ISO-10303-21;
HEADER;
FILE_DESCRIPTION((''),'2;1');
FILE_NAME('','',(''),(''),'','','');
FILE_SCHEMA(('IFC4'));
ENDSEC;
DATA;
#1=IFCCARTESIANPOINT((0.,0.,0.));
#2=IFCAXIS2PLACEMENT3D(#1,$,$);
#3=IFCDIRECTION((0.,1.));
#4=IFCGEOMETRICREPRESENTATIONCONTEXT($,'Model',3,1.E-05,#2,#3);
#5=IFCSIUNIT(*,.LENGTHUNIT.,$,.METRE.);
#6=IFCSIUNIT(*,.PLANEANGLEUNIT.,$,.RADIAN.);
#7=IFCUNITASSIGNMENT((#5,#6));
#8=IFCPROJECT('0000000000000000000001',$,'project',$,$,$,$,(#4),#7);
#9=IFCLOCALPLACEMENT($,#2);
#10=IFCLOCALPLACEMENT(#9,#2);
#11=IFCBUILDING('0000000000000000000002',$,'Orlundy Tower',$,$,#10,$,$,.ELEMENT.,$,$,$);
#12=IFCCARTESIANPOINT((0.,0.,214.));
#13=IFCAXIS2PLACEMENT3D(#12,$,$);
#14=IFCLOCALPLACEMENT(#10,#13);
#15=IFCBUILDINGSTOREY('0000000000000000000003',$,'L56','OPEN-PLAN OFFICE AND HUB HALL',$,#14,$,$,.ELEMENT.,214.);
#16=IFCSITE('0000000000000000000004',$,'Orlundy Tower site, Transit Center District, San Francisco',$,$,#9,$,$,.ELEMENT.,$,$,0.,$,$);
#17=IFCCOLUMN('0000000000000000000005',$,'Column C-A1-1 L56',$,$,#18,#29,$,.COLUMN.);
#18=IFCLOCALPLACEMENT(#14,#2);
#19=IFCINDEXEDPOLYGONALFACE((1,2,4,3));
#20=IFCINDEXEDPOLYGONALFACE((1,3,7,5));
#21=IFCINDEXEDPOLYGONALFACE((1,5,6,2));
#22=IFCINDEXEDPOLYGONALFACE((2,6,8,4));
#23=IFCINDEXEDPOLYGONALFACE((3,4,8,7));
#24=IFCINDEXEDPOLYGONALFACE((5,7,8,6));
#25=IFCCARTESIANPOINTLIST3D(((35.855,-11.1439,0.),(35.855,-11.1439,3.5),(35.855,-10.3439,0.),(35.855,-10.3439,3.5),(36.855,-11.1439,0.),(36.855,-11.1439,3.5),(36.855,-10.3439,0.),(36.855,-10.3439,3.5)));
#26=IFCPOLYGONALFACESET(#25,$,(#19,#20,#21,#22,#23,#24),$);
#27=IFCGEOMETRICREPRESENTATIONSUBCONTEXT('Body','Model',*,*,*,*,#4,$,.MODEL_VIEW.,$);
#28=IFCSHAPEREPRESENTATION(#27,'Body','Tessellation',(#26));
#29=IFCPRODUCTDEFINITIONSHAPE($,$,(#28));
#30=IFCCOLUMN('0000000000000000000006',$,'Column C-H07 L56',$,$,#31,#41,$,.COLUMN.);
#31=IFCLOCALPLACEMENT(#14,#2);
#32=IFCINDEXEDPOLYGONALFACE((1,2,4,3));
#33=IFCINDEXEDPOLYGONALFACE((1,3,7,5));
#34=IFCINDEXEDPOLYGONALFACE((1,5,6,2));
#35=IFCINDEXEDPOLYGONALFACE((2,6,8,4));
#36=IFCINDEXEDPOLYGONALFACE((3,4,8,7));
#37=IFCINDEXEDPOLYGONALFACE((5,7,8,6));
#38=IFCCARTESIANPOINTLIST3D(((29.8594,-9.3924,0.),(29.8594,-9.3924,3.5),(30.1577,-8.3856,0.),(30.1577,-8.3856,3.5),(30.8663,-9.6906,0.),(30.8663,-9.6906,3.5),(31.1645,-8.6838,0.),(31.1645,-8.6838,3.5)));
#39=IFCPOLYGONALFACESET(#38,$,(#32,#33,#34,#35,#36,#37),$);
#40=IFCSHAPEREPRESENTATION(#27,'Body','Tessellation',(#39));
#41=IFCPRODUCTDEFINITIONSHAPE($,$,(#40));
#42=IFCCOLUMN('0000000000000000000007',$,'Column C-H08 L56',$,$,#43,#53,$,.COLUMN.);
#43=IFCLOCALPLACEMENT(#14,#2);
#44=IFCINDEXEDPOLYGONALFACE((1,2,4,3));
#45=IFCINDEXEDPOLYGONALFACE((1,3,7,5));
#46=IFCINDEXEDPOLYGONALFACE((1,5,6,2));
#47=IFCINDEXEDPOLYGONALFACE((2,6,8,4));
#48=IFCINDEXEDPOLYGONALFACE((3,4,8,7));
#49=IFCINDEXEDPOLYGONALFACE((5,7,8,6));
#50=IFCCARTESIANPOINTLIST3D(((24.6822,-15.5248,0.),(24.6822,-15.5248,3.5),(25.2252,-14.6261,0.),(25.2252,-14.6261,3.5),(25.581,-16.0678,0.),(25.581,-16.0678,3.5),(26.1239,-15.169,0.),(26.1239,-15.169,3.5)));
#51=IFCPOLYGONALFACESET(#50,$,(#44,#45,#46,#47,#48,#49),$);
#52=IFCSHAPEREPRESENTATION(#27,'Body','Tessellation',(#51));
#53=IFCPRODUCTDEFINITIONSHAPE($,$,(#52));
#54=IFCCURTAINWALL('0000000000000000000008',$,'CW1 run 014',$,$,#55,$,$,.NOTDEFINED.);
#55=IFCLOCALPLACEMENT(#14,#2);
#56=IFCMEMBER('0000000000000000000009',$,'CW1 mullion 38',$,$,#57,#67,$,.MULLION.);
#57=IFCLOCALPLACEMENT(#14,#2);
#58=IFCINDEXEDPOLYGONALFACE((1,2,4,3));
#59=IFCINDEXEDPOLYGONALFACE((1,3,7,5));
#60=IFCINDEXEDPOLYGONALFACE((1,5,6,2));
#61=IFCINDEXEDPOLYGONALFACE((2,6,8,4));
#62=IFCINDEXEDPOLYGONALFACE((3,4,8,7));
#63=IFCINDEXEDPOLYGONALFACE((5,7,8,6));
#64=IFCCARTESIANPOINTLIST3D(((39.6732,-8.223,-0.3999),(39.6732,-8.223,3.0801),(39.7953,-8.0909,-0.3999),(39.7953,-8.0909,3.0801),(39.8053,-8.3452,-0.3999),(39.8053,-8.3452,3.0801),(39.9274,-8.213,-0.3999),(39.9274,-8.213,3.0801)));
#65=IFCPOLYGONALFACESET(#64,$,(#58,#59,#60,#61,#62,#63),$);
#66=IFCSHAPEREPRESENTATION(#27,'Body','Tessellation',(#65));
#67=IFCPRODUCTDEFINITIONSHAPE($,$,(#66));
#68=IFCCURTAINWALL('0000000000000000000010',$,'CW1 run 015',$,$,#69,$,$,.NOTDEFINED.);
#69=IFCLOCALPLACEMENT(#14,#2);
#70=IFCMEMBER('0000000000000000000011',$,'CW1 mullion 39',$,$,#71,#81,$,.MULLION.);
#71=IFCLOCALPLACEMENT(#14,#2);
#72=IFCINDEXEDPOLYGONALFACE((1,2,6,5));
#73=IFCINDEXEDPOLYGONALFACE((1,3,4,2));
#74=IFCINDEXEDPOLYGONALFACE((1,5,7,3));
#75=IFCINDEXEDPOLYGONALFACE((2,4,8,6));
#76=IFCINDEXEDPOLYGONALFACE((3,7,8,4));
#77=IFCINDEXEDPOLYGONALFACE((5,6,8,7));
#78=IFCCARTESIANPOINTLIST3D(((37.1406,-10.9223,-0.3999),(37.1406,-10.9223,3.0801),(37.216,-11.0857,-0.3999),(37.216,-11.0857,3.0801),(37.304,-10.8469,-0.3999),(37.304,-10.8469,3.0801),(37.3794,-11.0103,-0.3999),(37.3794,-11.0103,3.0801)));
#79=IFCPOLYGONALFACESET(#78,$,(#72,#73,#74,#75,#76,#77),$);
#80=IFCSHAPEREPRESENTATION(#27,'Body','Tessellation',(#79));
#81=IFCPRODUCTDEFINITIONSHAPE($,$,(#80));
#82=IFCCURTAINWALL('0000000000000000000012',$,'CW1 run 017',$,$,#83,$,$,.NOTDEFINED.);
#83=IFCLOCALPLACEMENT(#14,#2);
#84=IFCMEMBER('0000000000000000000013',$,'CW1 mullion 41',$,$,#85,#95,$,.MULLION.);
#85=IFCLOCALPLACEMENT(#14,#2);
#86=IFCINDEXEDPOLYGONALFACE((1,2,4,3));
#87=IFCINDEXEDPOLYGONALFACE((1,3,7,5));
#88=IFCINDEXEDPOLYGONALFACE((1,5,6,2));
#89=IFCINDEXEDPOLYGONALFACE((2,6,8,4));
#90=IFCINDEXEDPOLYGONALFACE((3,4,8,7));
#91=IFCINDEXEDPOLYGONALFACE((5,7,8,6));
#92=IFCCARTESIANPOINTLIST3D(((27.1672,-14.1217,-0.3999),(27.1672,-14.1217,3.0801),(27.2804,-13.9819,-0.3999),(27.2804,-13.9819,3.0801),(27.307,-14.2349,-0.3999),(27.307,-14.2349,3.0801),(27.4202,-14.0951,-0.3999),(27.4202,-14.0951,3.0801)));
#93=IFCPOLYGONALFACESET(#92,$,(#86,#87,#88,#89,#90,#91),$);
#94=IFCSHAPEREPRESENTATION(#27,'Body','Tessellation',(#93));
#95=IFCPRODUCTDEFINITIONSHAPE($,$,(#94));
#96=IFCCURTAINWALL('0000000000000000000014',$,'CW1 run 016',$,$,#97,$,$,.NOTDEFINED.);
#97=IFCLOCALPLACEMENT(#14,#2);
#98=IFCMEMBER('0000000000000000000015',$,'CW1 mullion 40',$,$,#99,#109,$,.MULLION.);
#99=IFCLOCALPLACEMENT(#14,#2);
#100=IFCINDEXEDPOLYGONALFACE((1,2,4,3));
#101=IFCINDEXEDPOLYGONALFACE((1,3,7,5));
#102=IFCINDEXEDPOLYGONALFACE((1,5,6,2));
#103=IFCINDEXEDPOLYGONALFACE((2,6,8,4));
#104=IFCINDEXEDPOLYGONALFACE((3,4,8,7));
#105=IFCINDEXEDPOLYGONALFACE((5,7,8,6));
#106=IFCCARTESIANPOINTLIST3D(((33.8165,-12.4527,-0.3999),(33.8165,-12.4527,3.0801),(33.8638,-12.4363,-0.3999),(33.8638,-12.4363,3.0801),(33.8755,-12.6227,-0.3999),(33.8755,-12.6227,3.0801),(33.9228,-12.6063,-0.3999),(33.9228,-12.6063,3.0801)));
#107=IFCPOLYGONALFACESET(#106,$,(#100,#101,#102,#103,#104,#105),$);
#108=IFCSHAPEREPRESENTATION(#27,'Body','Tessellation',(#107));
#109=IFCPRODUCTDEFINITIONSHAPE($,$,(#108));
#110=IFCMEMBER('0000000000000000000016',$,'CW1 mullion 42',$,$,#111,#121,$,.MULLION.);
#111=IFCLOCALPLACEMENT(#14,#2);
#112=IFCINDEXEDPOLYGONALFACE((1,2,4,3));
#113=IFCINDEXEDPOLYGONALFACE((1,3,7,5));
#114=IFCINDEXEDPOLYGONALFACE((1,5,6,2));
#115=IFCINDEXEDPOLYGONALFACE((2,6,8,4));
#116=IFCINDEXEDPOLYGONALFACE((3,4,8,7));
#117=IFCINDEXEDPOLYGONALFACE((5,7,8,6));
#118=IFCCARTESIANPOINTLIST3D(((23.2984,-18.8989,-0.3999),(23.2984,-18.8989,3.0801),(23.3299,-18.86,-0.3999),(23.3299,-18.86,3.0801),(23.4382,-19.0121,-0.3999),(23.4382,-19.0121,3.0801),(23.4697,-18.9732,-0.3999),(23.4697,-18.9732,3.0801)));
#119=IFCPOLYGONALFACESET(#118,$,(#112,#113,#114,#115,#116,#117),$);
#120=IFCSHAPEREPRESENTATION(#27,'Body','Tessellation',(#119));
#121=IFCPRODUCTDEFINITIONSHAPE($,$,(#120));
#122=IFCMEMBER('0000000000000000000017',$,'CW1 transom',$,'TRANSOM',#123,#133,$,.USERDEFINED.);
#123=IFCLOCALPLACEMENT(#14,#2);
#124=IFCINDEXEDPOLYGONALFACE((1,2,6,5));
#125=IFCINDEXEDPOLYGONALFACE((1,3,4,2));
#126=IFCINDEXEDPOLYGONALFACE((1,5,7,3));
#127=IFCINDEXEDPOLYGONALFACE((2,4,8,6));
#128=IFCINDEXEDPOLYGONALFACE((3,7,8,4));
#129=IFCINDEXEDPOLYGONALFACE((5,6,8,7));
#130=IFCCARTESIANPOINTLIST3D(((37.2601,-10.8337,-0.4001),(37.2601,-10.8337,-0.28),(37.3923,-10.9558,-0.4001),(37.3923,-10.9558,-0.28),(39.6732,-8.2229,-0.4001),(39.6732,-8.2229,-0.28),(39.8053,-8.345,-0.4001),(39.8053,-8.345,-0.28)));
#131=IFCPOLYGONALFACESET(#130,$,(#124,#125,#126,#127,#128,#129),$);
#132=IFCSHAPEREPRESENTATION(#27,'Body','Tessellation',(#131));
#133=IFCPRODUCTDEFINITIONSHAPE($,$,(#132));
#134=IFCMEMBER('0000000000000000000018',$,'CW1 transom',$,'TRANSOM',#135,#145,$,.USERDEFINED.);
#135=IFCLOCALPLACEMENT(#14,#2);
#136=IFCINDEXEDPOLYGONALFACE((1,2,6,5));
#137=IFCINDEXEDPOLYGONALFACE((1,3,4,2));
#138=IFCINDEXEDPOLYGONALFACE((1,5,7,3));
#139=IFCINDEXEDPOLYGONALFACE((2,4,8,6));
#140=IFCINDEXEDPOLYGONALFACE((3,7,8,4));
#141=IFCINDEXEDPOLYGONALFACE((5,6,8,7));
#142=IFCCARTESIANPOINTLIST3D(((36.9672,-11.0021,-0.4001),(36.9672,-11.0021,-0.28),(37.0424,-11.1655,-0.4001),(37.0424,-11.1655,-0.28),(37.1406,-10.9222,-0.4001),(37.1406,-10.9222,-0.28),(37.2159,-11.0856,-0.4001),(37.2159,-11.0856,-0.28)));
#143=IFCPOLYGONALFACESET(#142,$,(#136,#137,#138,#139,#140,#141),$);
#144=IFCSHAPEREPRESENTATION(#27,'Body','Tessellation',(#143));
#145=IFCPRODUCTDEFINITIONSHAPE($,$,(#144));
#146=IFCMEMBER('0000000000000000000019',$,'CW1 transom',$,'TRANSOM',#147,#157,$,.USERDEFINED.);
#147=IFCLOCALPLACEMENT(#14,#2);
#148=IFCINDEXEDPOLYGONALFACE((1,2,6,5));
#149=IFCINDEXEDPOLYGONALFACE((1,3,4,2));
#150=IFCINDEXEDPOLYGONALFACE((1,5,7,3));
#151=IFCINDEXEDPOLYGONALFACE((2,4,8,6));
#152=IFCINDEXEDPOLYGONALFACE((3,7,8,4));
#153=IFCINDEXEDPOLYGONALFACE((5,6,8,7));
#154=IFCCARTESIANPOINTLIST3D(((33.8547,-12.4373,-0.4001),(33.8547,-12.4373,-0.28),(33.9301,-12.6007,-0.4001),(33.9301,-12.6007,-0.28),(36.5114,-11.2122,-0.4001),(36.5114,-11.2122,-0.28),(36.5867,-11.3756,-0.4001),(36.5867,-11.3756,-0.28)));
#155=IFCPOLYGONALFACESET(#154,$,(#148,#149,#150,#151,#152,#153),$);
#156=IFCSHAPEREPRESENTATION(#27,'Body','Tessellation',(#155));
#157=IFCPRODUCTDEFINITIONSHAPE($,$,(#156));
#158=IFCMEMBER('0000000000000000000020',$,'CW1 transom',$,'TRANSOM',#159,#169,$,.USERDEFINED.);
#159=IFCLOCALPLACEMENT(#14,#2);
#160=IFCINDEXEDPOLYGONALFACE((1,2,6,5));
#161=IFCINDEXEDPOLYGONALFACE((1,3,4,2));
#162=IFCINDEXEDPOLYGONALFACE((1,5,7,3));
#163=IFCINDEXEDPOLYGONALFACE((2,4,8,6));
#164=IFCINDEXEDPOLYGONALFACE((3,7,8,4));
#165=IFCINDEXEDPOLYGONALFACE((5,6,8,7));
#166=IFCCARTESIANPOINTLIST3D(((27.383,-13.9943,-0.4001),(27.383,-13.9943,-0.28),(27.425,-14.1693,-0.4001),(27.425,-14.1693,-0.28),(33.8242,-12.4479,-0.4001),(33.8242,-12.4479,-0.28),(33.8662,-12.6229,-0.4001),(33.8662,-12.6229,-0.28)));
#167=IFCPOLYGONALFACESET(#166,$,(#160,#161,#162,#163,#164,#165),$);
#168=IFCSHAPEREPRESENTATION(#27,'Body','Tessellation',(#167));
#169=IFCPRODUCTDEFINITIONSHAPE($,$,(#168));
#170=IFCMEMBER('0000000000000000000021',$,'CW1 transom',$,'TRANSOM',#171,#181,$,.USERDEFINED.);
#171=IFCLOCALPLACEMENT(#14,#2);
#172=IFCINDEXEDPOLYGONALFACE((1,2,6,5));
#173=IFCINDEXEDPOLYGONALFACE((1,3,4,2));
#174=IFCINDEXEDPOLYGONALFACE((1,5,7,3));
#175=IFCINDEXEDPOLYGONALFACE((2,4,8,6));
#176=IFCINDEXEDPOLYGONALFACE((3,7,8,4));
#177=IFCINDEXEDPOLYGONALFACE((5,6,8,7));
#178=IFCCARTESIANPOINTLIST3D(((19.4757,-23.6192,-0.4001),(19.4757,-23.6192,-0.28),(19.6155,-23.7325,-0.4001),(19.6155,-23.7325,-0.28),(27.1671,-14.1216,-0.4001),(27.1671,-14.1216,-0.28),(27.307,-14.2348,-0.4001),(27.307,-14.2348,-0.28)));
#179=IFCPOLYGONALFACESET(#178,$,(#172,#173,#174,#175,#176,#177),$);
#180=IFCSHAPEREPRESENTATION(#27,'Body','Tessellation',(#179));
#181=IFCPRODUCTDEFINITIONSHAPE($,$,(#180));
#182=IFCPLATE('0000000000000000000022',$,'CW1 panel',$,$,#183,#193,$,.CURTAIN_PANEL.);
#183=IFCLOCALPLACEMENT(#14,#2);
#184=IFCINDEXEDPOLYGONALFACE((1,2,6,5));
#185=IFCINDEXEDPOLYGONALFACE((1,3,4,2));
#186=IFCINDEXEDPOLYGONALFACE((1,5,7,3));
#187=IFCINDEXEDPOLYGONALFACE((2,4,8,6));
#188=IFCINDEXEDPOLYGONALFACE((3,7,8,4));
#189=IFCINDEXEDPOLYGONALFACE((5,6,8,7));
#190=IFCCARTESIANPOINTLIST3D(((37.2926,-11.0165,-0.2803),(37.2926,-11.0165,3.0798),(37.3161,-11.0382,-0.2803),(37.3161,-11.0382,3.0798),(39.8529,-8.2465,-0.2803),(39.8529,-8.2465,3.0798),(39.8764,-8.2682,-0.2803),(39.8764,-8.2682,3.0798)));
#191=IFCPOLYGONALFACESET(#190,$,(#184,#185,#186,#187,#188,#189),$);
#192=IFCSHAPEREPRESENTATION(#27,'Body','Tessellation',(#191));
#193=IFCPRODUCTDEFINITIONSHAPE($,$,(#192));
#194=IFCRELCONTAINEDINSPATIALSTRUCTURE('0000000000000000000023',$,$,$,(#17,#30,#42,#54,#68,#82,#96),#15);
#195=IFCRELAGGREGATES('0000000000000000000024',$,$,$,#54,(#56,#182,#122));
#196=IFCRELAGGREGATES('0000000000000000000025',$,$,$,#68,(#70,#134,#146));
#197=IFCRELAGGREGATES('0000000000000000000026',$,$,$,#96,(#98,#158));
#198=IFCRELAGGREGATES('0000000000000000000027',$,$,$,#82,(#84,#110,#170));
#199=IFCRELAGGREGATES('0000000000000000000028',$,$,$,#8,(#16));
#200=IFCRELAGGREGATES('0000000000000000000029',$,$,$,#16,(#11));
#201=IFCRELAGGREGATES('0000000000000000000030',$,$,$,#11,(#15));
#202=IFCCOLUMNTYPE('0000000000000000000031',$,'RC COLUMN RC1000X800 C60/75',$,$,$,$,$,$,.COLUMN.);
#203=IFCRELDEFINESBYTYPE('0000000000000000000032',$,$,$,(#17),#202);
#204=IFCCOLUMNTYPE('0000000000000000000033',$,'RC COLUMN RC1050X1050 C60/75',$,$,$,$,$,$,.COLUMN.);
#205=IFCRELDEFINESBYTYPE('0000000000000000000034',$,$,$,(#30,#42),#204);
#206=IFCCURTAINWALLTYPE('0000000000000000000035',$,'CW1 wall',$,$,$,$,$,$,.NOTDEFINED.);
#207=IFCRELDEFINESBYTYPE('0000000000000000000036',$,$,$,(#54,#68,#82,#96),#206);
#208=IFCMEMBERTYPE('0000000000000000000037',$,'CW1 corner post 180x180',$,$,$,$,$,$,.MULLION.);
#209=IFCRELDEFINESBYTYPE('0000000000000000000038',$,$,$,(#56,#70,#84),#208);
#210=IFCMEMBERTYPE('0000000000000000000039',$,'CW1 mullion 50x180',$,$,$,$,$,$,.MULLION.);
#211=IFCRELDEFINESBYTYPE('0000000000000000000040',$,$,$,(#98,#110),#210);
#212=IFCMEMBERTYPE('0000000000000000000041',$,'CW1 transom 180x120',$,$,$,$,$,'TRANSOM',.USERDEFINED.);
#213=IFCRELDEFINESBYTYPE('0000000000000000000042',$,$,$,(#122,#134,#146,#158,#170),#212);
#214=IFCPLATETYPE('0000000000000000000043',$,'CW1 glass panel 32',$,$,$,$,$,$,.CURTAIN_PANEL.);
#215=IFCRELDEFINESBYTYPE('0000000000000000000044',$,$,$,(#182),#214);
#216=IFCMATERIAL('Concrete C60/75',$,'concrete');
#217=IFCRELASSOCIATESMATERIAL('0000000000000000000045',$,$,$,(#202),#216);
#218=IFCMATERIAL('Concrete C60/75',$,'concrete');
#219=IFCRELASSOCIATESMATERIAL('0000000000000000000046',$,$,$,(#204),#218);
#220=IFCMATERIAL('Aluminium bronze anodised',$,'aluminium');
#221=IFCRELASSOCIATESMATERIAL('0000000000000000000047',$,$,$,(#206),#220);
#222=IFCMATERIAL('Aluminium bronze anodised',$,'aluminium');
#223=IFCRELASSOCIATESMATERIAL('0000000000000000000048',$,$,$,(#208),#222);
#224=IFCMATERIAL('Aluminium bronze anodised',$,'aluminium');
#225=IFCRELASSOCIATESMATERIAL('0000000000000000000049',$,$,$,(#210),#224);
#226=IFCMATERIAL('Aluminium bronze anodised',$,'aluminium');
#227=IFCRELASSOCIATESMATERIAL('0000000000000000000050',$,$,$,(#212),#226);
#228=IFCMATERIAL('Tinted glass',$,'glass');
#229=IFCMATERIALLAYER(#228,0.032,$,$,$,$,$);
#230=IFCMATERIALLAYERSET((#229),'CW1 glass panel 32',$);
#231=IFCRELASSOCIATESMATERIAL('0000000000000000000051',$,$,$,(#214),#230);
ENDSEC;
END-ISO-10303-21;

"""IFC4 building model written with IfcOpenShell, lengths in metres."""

from ifc_helpers import new_model, si_unit, direction, frame, origin, origin_2d, place, context, subcontext, project, spatial, rectangle, extrude, material, layer, layer_set, material_profile, profile_set, type_object, element, aggregate, save


model = new_model("IFC4")

# Units and contexts
model_context = context("Model", 3, precision=1e-05, world=origin(), true_north=direction((0.0, 1.0)))
body_context = subcontext(model_context, "Body", "Model", "MODEL_VIEW")
ifc_project = project(units=[si_unit("LENGTHUNIT", "METRE"), si_unit("PLANEANGLEUNIT", "RADIAN")], contexts=[model_context])

# Site, building, storey
site_placement = place(None, origin())
site = spatial("IfcSite", under=ifc_project, at=site_placement, Name="Orlundy Tower site, Transit Center District, San Francisco", CompositionType="ELEMENT", RefElevation=0.0)
building_placement = place(site_placement, origin())
building = spatial("IfcBuilding", under=site, at=building_placement, Name="Orlundy Tower", CompositionType="ELEMENT")
storey_placement = place(building_placement, frame((0.0, 0.0, 214.0)))
storey = spatial("IfcBuildingStorey", under=building, at=storey_placement, Name="L56", Description="OPEN-PLAN OFFICE AND HUB HALL", CompositionType="ELEMENT", Elevation=214.0)

# Columns
ifc_material_1 = material(Name="Concrete C60/75", Category="concrete")
ifc_material_profile_1 = material_profile(ifc_material_1, rectangle(XDim=1.0, YDim=0.8, at=origin_2d()), Name="RC1000X800")
ifc_profile_set_1 = profile_set([ifc_material_profile_1], Name="Concrete C60/75")
column_type_1 = type_object("IfcColumnType", Name="RC COLUMN RC1000X800 C60/75", PredefinedType="COLUMN", material=ifc_profile_set_1)
column_placement = place(storey_placement, frame((36.355, -10.7439, 0.0), z_axis=(0.0, 0.0, 1.0), x_axis=(1.0, 0.0, 0.0)))
element("IfcColumn", 1, at=column_placement, inside=storey, type_object=column_type_1, Name="Column C-A1-1 L56", PredefinedType="COLUMN", context=body_context, shape_type="SweptSolid", body=[
    extrude(rectangle(XDim=1.0, YDim=0.8, at=origin_2d()), origin(), (0.0, 0.0, 1.0), 3.5),
])
ifc_material_2 = material(Name="Concrete C60/75", Category="concrete")
ifc_material_profile_2 = material_profile(ifc_material_2, rectangle(XDim=1.05, YDim=1.05, at=origin_2d()), Name="RC1050X1050")
ifc_profile_set_2 = profile_set([ifc_material_profile_2], Name="Concrete C60/75")
column_type_2 = type_object("IfcColumnType", Name="RC COLUMN RC1050X1050 C60/75", PredefinedType="COLUMN", material=ifc_profile_set_2)
for number, where, z_axis, x_axis, name in (
    (2, (30.512, -9.0381, 0.0), (0.0, 0.0, 1.0), (0.95882, -0.284015, 0.0), "Column C-H07 L56"),
    (3, (25.4031, -15.3469, 0.0), (0.0, 0.0, 1.0), (0.855924, -0.517101, 0.0), "Column C-H08 L56"),
):
    element("IfcColumn", number, at=place(storey_placement, frame(where, z_axis=z_axis, x_axis=x_axis)), inside=storey, type_object=column_type_2, Name=name, PredefinedType="COLUMN", context=body_context, shape_type="SweptSolid", body=[
        extrude(rectangle(XDim=1.05, YDim=1.05, at=origin_2d()), origin(), (0.0, 0.0, 1.0), 3.5),
    ])

# Curtain walls, members
ifc_material_3 = material(Name="Aluminium bronze anodised", Category="aluminium")
curtain_wall_type = type_object("IfcCurtainWallType", Name="CW1 wall", PredefinedType="NOTDEFINED", material=ifc_material_3)
curtain_wall_1_placement = place(storey_placement, origin())
curtain_wall_1 = element("IfcCurtainWall", 4, at=curtain_wall_1_placement, inside=storey, type_object=curtain_wall_type, Name="CW1 run 014", PredefinedType="NOTDEFINED")
ifc_material_4 = material(Name="Aluminium bronze anodised", Category="aluminium")
ifc_material_profile_3 = material_profile(ifc_material_4, rectangle(XDim=0.1799, YDim=0.1799, at=origin_2d()), Name="CW1 corner post 180x180")
ifc_profile_set_3 = profile_set([ifc_material_profile_3], Name="Aluminium bronze anodised")
member_type_1 = type_object("IfcMemberType", Name="CW1 corner post 180x180", PredefinedType="MULLION", material=ifc_profile_set_3)
member_1_placement = place(storey_placement, frame((39.8003, -8.218, -0.3999), z_axis=(0.0, 0.0, 1.0), x_axis=(0.734348, -0.678773, 0.0)))
member_1 = element("IfcMember", 5, at=member_1_placement, type_object=member_type_1, Name="CW1 mullion 38", PredefinedType="MULLION", context=body_context, shape_type="SweptSolid", body=[
    extrude(rectangle(XDim=0.1799, YDim=0.1799, at=origin_2d()), origin(), (0.0, 0.0, 1.0), 3.48),
])
curtain_wall_2_placement = place(storey_placement, origin())
curtain_wall_2 = element("IfcCurtainWall", 6, at=curtain_wall_2_placement, inside=storey, type_object=curtain_wall_type, Name="CW1 run 015", PredefinedType="NOTDEFINED")
member_2_placement = place(storey_placement, frame((37.26, -10.9663, -0.3999), z_axis=(0.0, 0.0, 1.0), x_axis=(0.418716, -0.908117, 0.0)))
member_2 = element("IfcMember", 7, at=member_2_placement, type_object=member_type_1, Name="CW1 mullion 39", PredefinedType="MULLION", context=body_context, shape_type="SweptSolid", body=[
    extrude(rectangle(XDim=0.1799, YDim=0.1799, at=origin_2d()), origin(), (0.0, 0.0, 1.0), 3.48),
])
curtain_wall_3_placement = place(storey_placement, origin())
curtain_wall_3 = element("IfcCurtainWall", 8, at=curtain_wall_3_placement, inside=storey, type_object=curtain_wall_type, Name="CW1 run 017", PredefinedType="NOTDEFINED")
member_3_placement = place(storey_placement, frame((27.2937, -14.1084, -0.3999), z_axis=(0.0, 0.0, 1.0), x_axis=(0.77712, -0.629353, 0.0)))
member_3 = element("IfcMember", 9, at=member_3_placement, type_object=member_type_1, Name="CW1 mullion 41", PredefinedType="MULLION", context=body_context, shape_type="SweptSolid", body=[
    extrude(rectangle(XDim=0.1799, YDim=0.1799, at=origin_2d()), origin(), (0.0, 0.0, 1.0), 3.48),
])
curtain_wall_4_placement = place(storey_placement, origin())
curtain_wall_4 = element("IfcCurtainWall", 10, at=curtain_wall_4_placement, inside=storey, type_object=curtain_wall_type, Name="CW1 run 016", PredefinedType="NOTDEFINED")
ifc_material_5 = material(Name="Aluminium bronze anodised", Category="aluminium")
ifc_material_profile_4 = material_profile(ifc_material_5, rectangle(XDim=0.1799, YDim=0.05, at=origin_2d()), Name="CW1 mullion 50x180")
ifc_profile_set_4 = profile_set([ifc_material_profile_4], Name="Aluminium bronze anodised")
member_type_2 = type_object("IfcMemberType", Name="CW1 mullion 50x180", PredefinedType="MULLION", material=ifc_profile_set_4)
member_4_placement = place(storey_placement, frame((33.8696, -12.5295, -0.3999), z_axis=(0.0, 0.0, 1.0), x_axis=(0.327673, -0.944791, 0.0)))
member_4 = element("IfcMember", 11, at=member_4_placement, type_object=member_type_2, Name="CW1 mullion 40", PredefinedType="MULLION", context=body_context, shape_type="SweptSolid", body=[
    extrude(rectangle(XDim=0.1799, YDim=0.05, at=origin_2d()), origin(), (0.0, 0.0, 1.0), 3.48),
])

# Members
member_5_placement = place(storey_placement, frame((23.384, -18.936, -0.3999), z_axis=(0.0, 0.0, 1.0), x_axis=(0.77712, -0.629353, 0.0)))
member_5 = element("IfcMember", 12, at=member_5_placement, type_object=member_type_2, Name="CW1 mullion 42", PredefinedType="MULLION", context=body_context, shape_type="SweptSolid", body=[
    extrude(rectangle(XDim=0.1799, YDim=0.05, at=origin_2d()), origin(), (0.0, 0.0, 1.0), 3.48),
])
ifc_material_6 = material(Name="Aluminium bronze anodised", Category="aluminium")
ifc_material_profile_5 = material_profile(ifc_material_6, rectangle(XDim=0.1799, YDim=0.1201, at=origin_2d()), Name="CW1 transom 180x120")
ifc_profile_set_5 = profile_set([ifc_material_profile_5], Name="Aluminium bronze anodised")
member_type_3 = type_object("IfcMemberType", Name="CW1 transom 180x120", ElementType="TRANSOM", PredefinedType="USERDEFINED", material=ifc_profile_set_5)
member_6_placement = place(storey_placement, frame((39.7393, -8.2839, -0.3401), z_axis=(-0.678748, -0.734372, 0.0), x_axis=(0.734372, -0.678748, 0.0)))
member_6 = element("IfcMember", 13, at=member_6_placement, type_object=member_type_3, Name="CW1 transom", ObjectType="TRANSOM", PredefinedType="USERDEFINED", context=body_context, shape_type="SweptSolid", body=[
    extrude(rectangle(XDim=0.1799, YDim=0.1201, at=origin_2d()), origin(), (0.0, 0.0, 1.0), 3.5552),
])
member_7_placement = place(storey_placement, frame((37.1782, -11.0039, -0.3401), z_axis=(-0.908296, -0.418328, 0.0), x_axis=(0.418328, -0.908296, 0.0)))
member_7 = element("IfcMember", 14, at=member_7_placement, type_object=member_type_3, Name="CW1 transom", ObjectType="TRANSOM", PredefinedType="USERDEFINED", context=body_context, shape_type="SweptSolid", body=[
    extrude(rectangle(XDim=0.1799, YDim=0.1201, at=origin_2d()), origin(), (0.0, 0.0, 1.0), 0.1909),
])
member_8_placement = place(storey_placement, frame((36.5491, -11.2939, -0.3401), z_axis=(-0.908101, -0.418751, 0.0), x_axis=(0.418751, -0.908101, 0.0)))
member_8 = element("IfcMember", 15, at=member_8_placement, type_object=member_type_3, Name="CW1 transom", ObjectType="TRANSOM", PredefinedType="USERDEFINED", context=body_context, shape_type="SweptSolid", body=[
    extrude(rectangle(XDim=0.1799, YDim=0.1201, at=origin_2d()), origin(), (0.0, 0.0, 1.0), 2.9255),
])
member_9_placement = place(storey_placement, frame((33.8452, -12.5354, -0.3401), z_axis=(-0.97237, -0.233445, 0.0), x_axis=(0.233445, -0.97237, 0.0)))
member_9 = element("IfcMember", 16, at=member_9_placement, type_object=member_type_3, Name="CW1 transom", ObjectType="TRANSOM", PredefinedType="USERDEFINED", context=body_context, shape_type="SweptSolid", body=[
    extrude(rectangle(XDim=0.1799, YDim=0.1201, at=origin_2d()), origin(), (0.0, 0.0, 1.0), 6.6243),
])
member_10_placement = place(storey_placement, frame((27.2371, -14.1782, -0.3401), z_axis=(-0.629342, -0.777129, 0.0), x_axis=(0.777129, -0.629342, 0.0)))
member_10 = element("IfcMember", 17, at=member_10_placement, type_object=member_type_3, Name="CW1 transom", ObjectType="TRANSOM", PredefinedType="USERDEFINED", context=body_context, shape_type="SweptSolid", body=[
    extrude(rectangle(XDim=0.1799, YDim=0.1201, at=origin_2d()), origin(), (0.0, 0.0, 1.0), 12.2214),
])

# Plate
ifc_material_7 = material(Name="Tinted glass", Category="glass")
ifc_layer_1 = layer(ifc_material_7, 0.032)
ifc_layer_set_1 = layer_set([ifc_layer_1], Name="CW1 glass panel 32")
plate_type = type_object("IfcPlateType", Name="CW1 glass panel 32", PredefinedType="CURTAIN_PANEL", material=ifc_layer_set_1)
plate_1_placement = place(storey_placement, frame((38.5845, -9.6423, -0.2803), z_axis=(0.0, 0.0, 1.0), x_axis=(-0.678773, -0.734348, 0.0)))
plate_1 = element("IfcPlate", 18, at=plate_1_placement, type_object=plate_type, Name="CW1 panel", PredefinedType="CURTAIN_PANEL", context=body_context, shape_type="SweptSolid", body=[
    extrude(rectangle(XDim=3.772, YDim=0.032, at=origin_2d()), origin(), (0.0, 0.0, 1.0), 3.3601),
])
aggregate(curtain_wall_1, [member_1, plate_1, member_6])
aggregate(curtain_wall_2, [member_2, member_7, member_8])
aggregate(curtain_wall_4, [member_4, member_9])
aggregate(curtain_wall_3, [member_3, member_5, member_10])

save(model, "model.ifc")
